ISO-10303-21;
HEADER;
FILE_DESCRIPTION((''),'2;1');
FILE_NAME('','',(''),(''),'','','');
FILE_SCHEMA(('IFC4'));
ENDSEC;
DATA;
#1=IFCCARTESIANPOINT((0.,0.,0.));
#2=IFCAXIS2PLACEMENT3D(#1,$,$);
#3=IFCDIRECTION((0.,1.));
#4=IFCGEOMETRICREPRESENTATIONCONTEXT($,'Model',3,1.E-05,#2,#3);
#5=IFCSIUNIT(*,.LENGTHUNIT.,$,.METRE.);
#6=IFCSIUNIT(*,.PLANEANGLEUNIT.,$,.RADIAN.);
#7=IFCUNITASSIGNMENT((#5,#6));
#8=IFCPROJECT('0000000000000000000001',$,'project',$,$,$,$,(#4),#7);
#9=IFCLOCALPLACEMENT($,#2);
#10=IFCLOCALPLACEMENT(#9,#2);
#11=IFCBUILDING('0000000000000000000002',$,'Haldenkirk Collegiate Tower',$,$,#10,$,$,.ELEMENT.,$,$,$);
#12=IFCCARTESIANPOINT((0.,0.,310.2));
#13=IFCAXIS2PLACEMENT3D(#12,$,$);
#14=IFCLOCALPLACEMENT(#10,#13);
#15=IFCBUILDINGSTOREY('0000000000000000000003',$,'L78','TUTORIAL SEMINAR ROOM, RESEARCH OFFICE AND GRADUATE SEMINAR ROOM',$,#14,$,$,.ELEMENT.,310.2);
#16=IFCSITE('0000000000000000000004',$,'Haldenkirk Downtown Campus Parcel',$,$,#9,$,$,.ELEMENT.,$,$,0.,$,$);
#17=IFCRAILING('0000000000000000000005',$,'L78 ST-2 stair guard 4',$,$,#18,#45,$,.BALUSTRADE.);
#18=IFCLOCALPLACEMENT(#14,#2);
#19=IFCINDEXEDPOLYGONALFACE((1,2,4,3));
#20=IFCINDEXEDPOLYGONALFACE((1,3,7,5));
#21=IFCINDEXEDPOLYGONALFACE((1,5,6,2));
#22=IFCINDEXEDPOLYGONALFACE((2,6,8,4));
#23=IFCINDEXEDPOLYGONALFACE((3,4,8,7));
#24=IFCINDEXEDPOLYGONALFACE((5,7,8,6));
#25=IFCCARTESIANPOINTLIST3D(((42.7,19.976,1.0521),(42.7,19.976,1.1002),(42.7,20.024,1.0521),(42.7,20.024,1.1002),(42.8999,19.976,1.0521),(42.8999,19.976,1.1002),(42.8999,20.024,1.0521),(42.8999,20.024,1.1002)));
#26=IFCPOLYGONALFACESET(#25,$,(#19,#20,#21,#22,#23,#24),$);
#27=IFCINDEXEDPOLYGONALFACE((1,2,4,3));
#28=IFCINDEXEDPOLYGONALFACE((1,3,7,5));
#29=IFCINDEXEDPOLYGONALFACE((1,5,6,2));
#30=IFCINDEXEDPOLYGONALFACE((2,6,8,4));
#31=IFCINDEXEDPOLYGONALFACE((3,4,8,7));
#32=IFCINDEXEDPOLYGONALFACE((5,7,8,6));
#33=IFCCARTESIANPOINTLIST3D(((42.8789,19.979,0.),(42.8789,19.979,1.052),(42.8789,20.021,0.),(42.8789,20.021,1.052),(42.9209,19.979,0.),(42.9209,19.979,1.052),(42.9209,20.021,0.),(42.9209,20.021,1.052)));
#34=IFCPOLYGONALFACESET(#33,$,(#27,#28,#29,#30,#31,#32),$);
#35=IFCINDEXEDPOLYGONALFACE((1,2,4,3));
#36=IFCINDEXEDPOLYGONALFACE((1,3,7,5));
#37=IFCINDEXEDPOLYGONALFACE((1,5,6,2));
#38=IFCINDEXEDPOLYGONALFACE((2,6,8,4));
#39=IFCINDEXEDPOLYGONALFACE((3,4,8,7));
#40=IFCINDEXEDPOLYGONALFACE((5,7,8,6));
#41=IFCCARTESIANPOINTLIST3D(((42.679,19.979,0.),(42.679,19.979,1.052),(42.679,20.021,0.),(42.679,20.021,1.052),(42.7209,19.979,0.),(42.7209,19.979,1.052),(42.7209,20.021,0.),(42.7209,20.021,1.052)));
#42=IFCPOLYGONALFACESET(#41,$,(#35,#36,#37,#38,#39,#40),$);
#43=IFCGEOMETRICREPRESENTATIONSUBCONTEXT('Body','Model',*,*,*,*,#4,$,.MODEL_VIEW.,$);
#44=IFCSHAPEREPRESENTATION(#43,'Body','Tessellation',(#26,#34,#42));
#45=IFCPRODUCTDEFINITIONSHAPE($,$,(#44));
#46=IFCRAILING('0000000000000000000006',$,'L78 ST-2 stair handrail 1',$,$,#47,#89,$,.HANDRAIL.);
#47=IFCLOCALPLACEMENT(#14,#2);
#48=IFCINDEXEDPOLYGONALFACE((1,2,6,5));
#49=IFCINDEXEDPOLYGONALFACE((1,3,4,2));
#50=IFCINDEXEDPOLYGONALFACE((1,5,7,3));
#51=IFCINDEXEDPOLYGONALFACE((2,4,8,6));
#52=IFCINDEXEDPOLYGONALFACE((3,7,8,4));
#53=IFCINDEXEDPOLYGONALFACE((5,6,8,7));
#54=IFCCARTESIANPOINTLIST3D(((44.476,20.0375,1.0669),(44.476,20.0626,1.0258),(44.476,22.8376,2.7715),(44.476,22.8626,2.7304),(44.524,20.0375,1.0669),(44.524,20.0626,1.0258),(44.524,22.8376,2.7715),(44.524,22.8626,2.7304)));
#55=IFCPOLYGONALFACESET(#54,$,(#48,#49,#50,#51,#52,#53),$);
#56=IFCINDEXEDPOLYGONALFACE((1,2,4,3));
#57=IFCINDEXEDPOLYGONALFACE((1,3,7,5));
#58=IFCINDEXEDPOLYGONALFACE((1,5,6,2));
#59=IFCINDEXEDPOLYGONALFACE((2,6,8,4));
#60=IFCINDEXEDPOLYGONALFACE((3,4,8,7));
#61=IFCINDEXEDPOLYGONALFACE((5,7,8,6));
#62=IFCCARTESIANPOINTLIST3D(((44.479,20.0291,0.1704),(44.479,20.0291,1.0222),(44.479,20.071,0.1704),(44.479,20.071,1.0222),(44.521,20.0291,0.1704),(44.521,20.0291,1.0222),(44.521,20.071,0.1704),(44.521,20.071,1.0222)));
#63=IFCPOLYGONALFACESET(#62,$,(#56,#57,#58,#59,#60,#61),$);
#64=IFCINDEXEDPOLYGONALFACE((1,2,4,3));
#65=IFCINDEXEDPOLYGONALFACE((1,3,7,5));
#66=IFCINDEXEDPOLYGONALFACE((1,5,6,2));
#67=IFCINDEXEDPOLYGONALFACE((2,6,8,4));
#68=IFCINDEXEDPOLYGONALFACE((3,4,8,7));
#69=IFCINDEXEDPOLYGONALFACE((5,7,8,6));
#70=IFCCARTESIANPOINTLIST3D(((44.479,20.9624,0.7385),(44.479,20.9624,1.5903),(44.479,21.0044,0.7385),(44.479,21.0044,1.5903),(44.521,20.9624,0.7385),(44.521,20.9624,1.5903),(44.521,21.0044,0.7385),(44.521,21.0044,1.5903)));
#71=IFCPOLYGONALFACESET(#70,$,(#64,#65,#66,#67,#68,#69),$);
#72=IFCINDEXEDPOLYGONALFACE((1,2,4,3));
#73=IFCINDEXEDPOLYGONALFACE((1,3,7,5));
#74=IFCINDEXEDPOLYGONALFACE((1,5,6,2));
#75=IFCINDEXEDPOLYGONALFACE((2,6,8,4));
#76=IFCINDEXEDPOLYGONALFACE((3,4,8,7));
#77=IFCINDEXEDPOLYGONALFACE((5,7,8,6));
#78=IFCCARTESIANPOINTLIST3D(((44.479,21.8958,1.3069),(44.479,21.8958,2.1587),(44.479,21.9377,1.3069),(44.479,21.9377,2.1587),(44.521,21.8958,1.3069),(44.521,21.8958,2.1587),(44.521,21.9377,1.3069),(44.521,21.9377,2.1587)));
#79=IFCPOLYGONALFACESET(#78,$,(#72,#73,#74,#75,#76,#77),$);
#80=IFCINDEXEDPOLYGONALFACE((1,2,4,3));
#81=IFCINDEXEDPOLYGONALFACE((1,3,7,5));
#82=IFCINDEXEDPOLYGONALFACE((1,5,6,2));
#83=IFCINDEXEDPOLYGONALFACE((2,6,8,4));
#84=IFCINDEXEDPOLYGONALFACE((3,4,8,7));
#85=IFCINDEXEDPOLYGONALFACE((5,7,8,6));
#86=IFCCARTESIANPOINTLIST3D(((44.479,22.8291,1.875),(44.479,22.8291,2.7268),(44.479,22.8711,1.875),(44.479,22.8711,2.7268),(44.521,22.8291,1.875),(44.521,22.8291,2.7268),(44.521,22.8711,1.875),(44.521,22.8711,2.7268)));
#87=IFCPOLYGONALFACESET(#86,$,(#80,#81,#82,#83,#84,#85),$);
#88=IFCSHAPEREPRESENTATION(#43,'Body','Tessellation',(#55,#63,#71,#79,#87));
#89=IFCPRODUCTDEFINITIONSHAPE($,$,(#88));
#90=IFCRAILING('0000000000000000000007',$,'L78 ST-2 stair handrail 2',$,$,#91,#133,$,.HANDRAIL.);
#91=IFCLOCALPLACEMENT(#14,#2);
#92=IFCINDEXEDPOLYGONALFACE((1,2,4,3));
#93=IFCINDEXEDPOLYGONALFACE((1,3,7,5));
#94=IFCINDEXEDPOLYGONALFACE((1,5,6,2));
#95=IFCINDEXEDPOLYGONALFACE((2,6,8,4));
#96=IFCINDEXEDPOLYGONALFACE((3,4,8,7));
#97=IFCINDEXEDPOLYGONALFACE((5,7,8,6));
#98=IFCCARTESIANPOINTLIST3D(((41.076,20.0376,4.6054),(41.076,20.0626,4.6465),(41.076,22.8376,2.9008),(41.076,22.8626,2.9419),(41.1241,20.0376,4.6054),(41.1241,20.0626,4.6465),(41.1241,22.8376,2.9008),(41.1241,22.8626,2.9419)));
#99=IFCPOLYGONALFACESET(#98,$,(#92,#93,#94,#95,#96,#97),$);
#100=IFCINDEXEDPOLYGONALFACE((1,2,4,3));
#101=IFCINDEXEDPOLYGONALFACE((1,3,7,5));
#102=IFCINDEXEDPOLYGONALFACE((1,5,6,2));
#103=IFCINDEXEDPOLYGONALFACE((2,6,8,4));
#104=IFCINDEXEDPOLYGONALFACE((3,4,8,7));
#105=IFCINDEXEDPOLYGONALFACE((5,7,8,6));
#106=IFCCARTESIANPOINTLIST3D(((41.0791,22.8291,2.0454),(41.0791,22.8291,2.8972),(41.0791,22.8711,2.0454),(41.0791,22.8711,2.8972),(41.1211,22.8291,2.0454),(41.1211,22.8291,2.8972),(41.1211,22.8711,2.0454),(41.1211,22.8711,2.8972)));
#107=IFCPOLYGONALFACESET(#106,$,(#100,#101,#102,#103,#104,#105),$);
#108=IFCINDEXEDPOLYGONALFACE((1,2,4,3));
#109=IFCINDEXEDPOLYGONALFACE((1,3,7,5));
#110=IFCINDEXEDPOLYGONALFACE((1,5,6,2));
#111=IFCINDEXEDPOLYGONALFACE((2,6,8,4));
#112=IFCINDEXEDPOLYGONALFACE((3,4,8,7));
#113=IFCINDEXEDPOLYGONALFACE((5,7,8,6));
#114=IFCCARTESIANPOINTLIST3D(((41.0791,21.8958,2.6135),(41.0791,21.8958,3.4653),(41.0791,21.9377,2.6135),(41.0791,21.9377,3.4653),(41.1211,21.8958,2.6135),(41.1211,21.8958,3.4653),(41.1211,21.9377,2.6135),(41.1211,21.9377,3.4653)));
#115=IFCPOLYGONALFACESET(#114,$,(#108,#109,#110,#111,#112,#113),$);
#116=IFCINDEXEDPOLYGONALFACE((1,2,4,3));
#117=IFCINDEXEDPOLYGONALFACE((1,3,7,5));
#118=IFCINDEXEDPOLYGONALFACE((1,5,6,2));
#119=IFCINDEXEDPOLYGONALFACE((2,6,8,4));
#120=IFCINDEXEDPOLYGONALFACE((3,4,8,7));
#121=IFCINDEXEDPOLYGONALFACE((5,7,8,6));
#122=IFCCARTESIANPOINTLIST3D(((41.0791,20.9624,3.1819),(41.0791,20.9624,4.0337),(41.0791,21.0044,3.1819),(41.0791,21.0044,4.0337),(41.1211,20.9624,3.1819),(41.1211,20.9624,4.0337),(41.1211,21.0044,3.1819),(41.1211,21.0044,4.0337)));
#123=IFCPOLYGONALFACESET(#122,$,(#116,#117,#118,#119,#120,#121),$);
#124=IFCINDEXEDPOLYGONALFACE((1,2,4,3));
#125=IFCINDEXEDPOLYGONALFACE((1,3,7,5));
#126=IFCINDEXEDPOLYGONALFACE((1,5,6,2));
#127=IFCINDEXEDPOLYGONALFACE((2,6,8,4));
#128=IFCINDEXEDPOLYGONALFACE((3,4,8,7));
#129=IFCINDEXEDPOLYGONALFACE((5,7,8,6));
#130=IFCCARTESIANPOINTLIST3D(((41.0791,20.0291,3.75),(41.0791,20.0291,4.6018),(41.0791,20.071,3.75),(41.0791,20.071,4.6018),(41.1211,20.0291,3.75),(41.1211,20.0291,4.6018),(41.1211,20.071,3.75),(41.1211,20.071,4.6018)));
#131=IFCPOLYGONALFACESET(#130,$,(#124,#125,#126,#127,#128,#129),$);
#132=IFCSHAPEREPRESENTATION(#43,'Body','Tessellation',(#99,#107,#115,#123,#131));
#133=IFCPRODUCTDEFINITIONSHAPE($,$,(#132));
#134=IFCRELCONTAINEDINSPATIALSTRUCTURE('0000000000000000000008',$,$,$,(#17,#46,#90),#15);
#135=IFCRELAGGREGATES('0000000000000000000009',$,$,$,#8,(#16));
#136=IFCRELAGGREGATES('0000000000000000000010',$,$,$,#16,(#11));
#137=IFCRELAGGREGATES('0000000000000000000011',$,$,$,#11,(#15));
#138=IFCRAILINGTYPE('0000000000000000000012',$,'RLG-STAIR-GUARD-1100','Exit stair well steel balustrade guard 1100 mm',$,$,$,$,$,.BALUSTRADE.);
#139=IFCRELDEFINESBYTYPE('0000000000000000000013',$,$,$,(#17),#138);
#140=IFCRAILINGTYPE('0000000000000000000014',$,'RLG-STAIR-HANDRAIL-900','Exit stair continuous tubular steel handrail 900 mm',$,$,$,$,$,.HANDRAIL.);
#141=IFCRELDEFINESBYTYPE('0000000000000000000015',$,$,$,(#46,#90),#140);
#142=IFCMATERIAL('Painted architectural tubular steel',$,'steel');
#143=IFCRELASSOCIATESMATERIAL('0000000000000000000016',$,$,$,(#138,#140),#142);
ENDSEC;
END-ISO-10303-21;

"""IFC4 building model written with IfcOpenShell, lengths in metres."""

from ifc_helpers import new_model, si_unit, direction, frame, origin, origin_2d, place, context, subcontext, project, spatial, rectangle, extrude, material, type_object, element, save


model = new_model("IFC4")

# Units and contexts
model_context = context("Model", 3, precision=1e-05, world=origin(), true_north=direction((0.0, 1.0)))
body_context = subcontext(model_context, "Body", "Model", "MODEL_VIEW")
ifc_project = project(units=[si_unit("LENGTHUNIT", "METRE"), si_unit("PLANEANGLEUNIT", "RADIAN")], contexts=[model_context])

# Site, building, storey
site_placement = place(None, origin())
site = spatial("IfcSite", under=ifc_project, at=site_placement, Name="Haldenkirk Downtown Campus Parcel", CompositionType="ELEMENT", RefElevation=0.0)
building_placement = place(site_placement, origin())
building = spatial("IfcBuilding", under=site, at=building_placement, Name="Haldenkirk Collegiate Tower", CompositionType="ELEMENT")
storey_placement = place(building_placement, frame((0.0, 0.0, 310.2)))
storey = spatial("IfcBuildingStorey", under=building, at=storey_placement, Name="L78", Description="TUTORIAL SEMINAR ROOM, RESEARCH OFFICE AND GRADUATE SEMINAR ROOM", CompositionType="ELEMENT", Elevation=310.2)

# Railings
ifc_material_1 = material(Name="Painted architectural tubular steel", Category="steel")
railing_type_1 = type_object("IfcRailingType", Name="RLG-STAIR-GUARD-1100", Description="Exit stair well steel balustrade guard 1100 mm", PredefinedType="BALUSTRADE", material=ifc_material_1)
railing_1_placement = place(storey_placement, frame((42.8999, 20.0, 0.0)))
element("IfcRailing", 1, at=railing_1_placement, inside=storey, type_object=railing_type_1, Name="L78 ST-2 stair guard 4", PredefinedType="BALUSTRADE", context=body_context, shape_type="SweptSolid", body=[
    extrude(rectangle(XDim=0.0481, YDim=0.0481, at=origin_2d()), frame((0.0, 0.0, 1.0762), z_axis=(-1.0, 0.0, 0.0), x_axis=(0.0, -1.0, 0.0)), (0.0, 0.0, 1.0), 0.2),
    extrude(rectangle(XDim=0.042, YDim=0.042, at=origin_2d()), origin(), (0.0, 0.0, 1.0), 1.052),
    extrude(rectangle(XDim=0.042, YDim=0.042, at=origin_2d()), frame((-0.2, 0.0, 0.0)), (0.0, 0.0, 1.0), 1.052),
])
railing_type_2 = type_object("IfcRailingType", Name="RLG-STAIR-HANDRAIL-900", Description="Exit stair continuous tubular steel handrail 900 mm", PredefinedType="HANDRAIL", material=ifc_material_1)
railing_2_placement = place(storey_placement, frame((44.5, 20.05, 0.1704)))
element("IfcRailing", 2, at=railing_2_placement, inside=storey, type_object=railing_type_2, Name="L78 ST-2 stair handrail 1", PredefinedType="HANDRAIL", context=body_context, shape_type="SweptSolid", body=[
    extrude(rectangle(XDim=0.0481, YDim=0.0481, at=origin_2d()), frame((0.0, 0.0, 0.876), z_axis=(0.0, 0.85417, 0.519994), x_axis=(-1.0, 0.0, 0.0)), (0.0, 0.0, 1.0), 3.2781),
    extrude(rectangle(XDim=0.042, YDim=0.042, at=origin_2d()), origin(), (0.0, 0.0, 1.0), 0.8518),
    extrude(rectangle(XDim=0.042, YDim=0.042, at=origin_2d()), frame((0.0, 0.9333, 0.5681)), (0.0, 0.0, 1.0), 0.8518),
    extrude(rectangle(XDim=0.042, YDim=0.042, at=origin_2d()), frame((0.0, 1.8667, 1.1365)), (0.0, 0.0, 1.0), 0.8518),
    extrude(rectangle(XDim=0.042, YDim=0.042, at=origin_2d()), frame((0.0, 2.8, 1.7046)), (0.0, 0.0, 1.0), 0.8518),
])
railing_3_placement = place(storey_placement, frame((41.1001, 22.8501, 2.0454)))
element("IfcRailing", 3, at=railing_3_placement, inside=storey, type_object=railing_type_2, Name="L78 ST-2 stair handrail 2", PredefinedType="HANDRAIL", context=body_context, shape_type="SweptSolid", body=[
    extrude(rectangle(XDim=0.0481, YDim=0.0481, at=origin_2d()), frame((0.0, 0.0, 0.876), z_axis=(0.0, -0.85417, 0.519994), x_axis=(1.0, 0.0, 0.0)), (0.0, 0.0, 1.0), 3.2781),
    extrude(rectangle(XDim=0.042, YDim=0.042, at=origin_2d()), origin(), (0.0, 0.0, 1.0), 0.8518),
    extrude(rectangle(XDim=0.042, YDim=0.042, at=origin_2d()), frame((0.0, -0.9333, 0.5681)), (0.0, 0.0, 1.0), 0.8518),
    extrude(rectangle(XDim=0.042, YDim=0.042, at=origin_2d()), frame((0.0, -1.8667, 1.1365)), (0.0, 0.0, 1.0), 0.8518),
    extrude(rectangle(XDim=0.042, YDim=0.042, at=origin_2d()), frame((0.0, -2.8, 1.7046)), (0.0, 0.0, 1.0), 0.8518),
])

save(model, "model.ifc")
